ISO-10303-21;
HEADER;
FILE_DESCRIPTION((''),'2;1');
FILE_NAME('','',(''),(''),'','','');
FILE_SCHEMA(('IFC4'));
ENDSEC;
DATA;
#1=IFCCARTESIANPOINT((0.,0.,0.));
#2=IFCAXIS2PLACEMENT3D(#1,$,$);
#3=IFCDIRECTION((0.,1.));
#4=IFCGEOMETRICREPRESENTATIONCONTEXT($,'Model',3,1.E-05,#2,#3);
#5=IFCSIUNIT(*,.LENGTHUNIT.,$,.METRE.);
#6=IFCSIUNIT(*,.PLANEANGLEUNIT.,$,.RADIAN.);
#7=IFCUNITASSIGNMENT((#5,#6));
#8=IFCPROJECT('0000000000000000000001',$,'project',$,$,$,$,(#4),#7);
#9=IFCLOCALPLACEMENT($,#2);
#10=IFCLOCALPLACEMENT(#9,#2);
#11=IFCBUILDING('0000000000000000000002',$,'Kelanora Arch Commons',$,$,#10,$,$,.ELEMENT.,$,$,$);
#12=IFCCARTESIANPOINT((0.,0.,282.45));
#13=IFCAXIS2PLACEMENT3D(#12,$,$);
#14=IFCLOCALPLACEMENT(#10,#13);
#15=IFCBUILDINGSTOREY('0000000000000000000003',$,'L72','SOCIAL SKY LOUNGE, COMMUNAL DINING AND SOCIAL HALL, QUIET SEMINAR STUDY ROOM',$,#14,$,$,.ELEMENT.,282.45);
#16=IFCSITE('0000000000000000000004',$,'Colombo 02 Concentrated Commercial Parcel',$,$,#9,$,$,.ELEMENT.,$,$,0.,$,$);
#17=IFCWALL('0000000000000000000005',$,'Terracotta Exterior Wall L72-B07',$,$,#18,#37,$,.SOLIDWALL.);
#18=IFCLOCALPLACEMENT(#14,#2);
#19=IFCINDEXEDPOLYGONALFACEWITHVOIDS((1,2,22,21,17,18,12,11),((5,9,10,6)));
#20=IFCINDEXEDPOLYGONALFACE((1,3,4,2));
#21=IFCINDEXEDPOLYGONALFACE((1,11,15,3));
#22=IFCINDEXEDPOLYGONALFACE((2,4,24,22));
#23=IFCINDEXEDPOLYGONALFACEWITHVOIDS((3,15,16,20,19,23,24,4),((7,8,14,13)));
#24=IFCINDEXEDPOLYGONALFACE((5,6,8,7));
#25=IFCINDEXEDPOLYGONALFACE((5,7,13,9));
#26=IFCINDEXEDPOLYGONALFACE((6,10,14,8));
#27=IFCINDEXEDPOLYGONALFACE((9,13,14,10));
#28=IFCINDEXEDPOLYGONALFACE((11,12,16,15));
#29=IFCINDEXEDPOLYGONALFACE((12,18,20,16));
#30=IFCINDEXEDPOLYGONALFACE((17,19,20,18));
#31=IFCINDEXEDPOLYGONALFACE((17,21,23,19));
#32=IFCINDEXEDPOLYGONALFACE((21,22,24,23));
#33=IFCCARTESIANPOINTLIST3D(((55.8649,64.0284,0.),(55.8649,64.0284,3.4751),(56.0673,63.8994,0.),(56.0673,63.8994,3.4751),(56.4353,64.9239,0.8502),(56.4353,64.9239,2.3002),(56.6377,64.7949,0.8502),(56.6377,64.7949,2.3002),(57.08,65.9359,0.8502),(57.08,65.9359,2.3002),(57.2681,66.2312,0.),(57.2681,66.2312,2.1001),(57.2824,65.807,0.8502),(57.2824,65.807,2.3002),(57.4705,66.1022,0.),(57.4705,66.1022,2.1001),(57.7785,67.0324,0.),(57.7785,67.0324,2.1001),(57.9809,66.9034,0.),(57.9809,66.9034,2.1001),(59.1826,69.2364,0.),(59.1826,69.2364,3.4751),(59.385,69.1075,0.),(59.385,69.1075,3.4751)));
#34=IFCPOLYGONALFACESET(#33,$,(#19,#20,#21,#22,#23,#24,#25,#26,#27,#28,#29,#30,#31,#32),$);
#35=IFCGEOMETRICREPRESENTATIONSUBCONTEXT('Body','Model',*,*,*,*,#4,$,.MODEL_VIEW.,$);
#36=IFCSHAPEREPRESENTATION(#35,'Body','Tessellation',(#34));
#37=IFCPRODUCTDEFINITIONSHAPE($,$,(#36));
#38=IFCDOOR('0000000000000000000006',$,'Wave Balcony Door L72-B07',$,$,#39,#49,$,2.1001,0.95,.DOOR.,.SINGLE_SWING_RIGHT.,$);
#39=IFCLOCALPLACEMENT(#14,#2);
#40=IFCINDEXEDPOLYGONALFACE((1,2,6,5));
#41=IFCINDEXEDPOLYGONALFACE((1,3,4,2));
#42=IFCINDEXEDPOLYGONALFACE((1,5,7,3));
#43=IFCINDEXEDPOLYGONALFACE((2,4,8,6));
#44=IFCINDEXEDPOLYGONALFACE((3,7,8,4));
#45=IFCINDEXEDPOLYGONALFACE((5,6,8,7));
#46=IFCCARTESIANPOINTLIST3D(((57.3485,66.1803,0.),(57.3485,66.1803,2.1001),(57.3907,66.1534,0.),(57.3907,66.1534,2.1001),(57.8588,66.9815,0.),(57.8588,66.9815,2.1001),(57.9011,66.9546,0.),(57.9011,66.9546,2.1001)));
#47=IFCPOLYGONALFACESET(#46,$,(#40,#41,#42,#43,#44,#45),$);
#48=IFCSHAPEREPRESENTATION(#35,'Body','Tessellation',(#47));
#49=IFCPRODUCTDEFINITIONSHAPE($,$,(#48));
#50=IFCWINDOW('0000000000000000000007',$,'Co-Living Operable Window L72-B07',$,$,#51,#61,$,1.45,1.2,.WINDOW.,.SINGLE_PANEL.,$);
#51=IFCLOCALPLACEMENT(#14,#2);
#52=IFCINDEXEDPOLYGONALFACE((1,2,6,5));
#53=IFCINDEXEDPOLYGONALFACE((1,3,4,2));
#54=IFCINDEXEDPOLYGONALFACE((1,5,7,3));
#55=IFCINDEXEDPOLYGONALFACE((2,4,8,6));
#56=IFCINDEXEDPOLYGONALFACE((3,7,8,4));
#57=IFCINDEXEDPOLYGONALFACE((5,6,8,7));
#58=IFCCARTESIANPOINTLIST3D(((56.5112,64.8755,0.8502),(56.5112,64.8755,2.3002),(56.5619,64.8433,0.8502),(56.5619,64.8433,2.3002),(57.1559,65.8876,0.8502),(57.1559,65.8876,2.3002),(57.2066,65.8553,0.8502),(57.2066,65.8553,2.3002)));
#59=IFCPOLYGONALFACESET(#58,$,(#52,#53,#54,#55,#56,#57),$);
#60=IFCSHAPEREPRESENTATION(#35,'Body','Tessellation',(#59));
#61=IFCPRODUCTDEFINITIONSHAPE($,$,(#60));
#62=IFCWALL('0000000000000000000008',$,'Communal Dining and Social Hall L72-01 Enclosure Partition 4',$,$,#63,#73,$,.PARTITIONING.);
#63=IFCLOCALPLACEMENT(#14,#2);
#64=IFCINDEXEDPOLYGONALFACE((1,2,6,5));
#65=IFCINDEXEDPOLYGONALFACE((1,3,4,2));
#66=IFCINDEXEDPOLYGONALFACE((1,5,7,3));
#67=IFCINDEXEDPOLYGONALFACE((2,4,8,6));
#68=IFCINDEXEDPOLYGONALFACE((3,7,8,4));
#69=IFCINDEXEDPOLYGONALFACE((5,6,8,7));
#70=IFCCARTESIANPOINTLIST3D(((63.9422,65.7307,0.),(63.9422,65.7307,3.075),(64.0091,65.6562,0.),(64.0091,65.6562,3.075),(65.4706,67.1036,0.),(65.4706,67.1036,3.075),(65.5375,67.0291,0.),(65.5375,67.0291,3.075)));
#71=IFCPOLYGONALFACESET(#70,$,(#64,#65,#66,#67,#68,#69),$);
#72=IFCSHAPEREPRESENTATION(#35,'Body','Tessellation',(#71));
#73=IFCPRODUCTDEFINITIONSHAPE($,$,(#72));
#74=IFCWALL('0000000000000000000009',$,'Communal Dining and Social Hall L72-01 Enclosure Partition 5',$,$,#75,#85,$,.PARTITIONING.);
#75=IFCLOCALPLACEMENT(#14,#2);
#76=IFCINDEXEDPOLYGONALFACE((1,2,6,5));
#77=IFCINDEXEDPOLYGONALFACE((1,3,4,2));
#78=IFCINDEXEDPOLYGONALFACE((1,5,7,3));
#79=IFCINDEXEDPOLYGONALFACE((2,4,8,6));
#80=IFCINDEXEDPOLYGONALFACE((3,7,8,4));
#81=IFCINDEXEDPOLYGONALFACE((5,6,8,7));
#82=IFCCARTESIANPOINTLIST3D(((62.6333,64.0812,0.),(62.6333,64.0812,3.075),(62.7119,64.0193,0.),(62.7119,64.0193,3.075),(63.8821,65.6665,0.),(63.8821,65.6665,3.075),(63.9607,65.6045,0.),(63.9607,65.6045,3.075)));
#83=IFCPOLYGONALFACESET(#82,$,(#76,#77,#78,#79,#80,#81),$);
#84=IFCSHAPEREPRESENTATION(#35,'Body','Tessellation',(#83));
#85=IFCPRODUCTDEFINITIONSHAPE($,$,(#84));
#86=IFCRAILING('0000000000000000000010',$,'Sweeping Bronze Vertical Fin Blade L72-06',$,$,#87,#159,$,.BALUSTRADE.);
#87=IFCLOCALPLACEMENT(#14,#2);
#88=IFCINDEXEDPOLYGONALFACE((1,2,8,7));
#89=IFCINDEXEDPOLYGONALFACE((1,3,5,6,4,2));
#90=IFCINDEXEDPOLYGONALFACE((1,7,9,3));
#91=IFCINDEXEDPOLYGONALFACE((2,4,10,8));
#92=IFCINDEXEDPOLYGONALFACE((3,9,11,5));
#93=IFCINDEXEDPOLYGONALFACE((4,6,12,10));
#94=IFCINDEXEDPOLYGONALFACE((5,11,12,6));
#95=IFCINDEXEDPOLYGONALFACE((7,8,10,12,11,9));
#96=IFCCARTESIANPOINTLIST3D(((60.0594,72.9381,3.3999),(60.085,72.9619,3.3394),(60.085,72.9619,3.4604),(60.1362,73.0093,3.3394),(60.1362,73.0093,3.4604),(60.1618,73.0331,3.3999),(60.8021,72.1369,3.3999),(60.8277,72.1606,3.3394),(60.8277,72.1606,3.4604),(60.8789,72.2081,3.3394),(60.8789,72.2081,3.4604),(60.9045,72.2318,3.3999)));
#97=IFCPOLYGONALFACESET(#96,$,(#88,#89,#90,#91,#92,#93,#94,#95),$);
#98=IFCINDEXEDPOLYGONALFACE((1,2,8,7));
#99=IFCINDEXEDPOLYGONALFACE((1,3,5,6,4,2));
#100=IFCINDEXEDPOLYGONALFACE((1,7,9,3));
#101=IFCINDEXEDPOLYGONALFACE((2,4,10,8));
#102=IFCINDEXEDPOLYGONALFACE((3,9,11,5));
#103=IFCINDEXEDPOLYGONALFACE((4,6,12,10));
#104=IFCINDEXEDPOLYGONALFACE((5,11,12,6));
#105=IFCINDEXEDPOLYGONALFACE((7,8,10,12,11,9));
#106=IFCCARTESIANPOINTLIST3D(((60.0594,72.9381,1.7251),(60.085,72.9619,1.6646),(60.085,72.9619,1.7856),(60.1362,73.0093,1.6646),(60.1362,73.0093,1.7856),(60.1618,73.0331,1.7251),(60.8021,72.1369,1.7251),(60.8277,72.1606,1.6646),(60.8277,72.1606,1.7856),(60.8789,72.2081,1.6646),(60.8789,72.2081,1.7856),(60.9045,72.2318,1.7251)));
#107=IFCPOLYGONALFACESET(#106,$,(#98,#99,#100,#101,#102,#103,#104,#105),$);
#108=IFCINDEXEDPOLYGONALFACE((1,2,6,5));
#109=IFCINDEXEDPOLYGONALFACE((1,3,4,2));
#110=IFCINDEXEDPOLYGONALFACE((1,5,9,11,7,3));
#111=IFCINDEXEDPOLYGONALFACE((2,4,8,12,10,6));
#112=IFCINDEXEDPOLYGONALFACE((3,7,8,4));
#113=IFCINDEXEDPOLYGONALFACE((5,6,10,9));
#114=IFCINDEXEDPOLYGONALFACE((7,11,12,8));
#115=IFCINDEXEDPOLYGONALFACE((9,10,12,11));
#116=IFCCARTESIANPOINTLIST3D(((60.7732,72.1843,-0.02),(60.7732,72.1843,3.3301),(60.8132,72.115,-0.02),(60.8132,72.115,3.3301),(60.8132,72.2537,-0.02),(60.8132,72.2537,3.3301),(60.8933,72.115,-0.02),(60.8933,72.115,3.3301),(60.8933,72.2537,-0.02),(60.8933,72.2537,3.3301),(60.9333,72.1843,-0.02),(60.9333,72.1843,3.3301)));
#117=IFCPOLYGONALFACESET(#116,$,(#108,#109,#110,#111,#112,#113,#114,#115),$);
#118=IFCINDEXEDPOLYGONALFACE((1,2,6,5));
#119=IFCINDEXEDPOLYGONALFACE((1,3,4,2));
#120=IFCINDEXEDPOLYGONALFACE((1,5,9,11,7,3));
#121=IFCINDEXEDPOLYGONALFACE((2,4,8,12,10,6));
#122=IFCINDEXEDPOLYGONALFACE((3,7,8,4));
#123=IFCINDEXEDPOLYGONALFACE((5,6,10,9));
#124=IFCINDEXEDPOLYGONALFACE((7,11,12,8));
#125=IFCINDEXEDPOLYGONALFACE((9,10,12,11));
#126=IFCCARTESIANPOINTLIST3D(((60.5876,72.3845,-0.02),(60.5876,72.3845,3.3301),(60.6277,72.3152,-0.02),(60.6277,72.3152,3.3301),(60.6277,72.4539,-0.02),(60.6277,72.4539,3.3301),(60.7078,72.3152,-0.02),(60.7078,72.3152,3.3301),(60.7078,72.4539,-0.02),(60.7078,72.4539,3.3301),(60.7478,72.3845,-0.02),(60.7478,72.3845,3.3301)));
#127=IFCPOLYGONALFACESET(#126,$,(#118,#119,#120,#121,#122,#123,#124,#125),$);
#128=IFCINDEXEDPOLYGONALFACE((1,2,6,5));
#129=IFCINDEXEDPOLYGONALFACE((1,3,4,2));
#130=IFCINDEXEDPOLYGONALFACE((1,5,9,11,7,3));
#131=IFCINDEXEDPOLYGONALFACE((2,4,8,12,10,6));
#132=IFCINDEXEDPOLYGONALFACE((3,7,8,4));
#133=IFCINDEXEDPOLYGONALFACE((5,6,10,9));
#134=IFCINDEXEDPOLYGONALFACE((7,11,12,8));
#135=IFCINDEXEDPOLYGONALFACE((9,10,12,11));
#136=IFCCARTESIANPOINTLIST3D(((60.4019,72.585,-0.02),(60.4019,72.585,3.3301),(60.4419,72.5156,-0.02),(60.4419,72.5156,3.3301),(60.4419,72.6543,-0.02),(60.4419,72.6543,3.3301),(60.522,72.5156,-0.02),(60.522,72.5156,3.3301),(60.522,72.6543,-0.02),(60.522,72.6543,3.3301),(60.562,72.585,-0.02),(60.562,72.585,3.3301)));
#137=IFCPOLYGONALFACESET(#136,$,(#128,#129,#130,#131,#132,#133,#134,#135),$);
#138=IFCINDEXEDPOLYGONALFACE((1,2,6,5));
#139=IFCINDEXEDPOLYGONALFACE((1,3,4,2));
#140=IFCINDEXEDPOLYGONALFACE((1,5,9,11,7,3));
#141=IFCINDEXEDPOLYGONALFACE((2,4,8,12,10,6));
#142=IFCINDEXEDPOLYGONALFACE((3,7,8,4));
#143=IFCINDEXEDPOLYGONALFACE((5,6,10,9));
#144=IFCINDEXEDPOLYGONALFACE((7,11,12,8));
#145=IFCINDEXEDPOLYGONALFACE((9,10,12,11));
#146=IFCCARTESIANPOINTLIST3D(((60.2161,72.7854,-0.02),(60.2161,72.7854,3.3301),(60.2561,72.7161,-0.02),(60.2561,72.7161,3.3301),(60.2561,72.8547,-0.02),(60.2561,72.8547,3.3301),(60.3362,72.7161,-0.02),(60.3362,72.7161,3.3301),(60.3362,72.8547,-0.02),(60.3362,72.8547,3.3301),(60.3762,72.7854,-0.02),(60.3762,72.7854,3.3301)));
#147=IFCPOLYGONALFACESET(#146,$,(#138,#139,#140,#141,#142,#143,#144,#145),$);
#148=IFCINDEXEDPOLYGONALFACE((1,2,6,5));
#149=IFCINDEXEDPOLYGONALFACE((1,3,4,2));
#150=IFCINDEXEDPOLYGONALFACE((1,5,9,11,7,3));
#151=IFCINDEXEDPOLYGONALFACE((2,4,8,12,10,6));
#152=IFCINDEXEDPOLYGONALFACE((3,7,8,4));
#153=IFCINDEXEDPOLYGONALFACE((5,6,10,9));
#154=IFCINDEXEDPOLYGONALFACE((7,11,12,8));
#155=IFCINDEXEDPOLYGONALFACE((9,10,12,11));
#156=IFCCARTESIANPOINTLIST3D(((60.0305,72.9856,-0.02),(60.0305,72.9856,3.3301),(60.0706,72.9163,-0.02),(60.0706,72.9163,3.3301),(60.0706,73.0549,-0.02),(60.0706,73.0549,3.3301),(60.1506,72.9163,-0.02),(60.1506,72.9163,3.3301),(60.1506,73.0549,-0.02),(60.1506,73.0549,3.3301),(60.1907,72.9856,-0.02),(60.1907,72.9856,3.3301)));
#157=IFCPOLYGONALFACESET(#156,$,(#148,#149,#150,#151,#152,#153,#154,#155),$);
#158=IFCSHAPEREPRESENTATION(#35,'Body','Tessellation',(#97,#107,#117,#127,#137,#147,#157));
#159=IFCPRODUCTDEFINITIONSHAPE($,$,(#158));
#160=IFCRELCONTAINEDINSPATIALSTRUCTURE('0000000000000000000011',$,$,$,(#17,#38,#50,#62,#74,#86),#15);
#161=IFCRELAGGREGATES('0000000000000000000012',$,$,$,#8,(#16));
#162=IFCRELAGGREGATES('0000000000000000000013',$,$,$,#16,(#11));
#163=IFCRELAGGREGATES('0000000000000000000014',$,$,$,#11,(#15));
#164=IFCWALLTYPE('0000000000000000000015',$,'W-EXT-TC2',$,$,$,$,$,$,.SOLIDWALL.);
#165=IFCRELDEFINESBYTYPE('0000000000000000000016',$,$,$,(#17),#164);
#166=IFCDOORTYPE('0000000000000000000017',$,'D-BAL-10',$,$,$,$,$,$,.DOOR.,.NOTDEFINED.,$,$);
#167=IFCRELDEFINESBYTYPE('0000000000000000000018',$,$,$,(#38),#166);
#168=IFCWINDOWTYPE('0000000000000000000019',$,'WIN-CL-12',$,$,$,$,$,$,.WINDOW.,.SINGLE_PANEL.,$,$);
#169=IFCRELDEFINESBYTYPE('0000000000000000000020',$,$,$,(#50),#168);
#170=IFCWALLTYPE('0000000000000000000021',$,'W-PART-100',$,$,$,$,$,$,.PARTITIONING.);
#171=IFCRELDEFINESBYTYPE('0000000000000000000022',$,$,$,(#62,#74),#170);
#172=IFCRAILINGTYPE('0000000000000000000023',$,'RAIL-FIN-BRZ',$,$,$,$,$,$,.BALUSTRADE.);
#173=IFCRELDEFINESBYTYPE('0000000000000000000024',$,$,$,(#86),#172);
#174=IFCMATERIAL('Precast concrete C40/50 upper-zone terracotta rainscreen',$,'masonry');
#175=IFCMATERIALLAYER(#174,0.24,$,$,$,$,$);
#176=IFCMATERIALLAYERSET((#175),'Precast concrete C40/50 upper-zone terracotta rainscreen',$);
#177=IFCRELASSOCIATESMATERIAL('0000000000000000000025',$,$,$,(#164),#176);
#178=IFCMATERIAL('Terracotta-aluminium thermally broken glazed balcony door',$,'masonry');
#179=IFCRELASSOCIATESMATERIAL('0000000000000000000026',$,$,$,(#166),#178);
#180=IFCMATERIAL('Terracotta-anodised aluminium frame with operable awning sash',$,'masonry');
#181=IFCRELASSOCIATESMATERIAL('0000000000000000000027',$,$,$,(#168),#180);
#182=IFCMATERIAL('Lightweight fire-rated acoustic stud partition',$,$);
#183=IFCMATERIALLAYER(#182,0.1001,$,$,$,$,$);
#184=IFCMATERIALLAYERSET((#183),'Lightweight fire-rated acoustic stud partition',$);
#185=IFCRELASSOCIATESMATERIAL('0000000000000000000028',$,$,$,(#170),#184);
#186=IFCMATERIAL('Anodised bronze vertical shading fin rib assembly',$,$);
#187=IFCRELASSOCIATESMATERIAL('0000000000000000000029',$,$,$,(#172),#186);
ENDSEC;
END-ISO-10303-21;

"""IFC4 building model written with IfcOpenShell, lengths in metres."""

from ifc_helpers import new_model, si_unit, direction, frame, frame_2d, origin, place, context, subcontext, project, spatial, polyline, rectangle, outline, extrude, material, layer, layer_set, type_object, element, fill, save


model = new_model("IFC4")

# Units and contexts
model_context = context("Model", 3, precision=1e-05, world=origin(), true_north=direction((0.0, 1.0)))
body_context = subcontext(model_context, "Body", "Model", "MODEL_VIEW")
ifc_project = project(units=[si_unit("LENGTHUNIT", "METRE"), si_unit("PLANEANGLEUNIT", "RADIAN")], contexts=[model_context])

# Site, building, storey
site_placement = place(None, origin())
site = spatial("IfcSite", under=ifc_project, at=site_placement, Name="Colombo 02 Concentrated Commercial Parcel", CompositionType="ELEMENT", RefElevation=0.0)
building_placement = place(site_placement, origin())
building = spatial("IfcBuilding", under=site, at=building_placement, Name="Kelanora Arch Commons", CompositionType="ELEMENT")
storey_placement = place(building_placement, frame((0.0, 0.0, 282.45)))
storey = spatial("IfcBuildingStorey", under=building, at=storey_placement, Name="L72", Description="SOCIAL SKY LOUNGE, COMMUNAL DINING AND SOCIAL HALL, QUIET SEMINAR STUDY ROOM", CompositionType="ELEMENT", Elevation=282.45)

# Shared definitions
ifc_material_1 = material(Name="Precast concrete C40/50 upper-zone terracotta rainscreen", Category="masonry")
ifc_layer_1 = layer(ifc_material_1, 0.24)
ifc_layer_set_1 = layer_set([ifc_layer_1], Name="Precast concrete C40/50 upper-zone terracotta rainscreen")
wall_type_1 = type_object("IfcWallType", Name="W-EXT-TC2", PredefinedType="SOLIDWALL", material=ifc_layer_set_1)

# Wall, openings, door, window
wall_1_placement = place(storey_placement, frame((59.2837, 69.1719, 0.0), z_axis=(0.0, 0.0, 1.0), x_axis=(-0.537272, -0.843409, 0.0)))
wall_1 = element("IfcWall", 1, at=wall_1_placement, inside=storey, type_object=wall_type_1, Name="Terracotta Exterior Wall L72-B07", PredefinedType="SOLIDWALL", context=body_context, shape_type="SweptSolid", body=[
    extrude(rectangle(XDim=6.175, YDim=0.24, at=frame_2d((3.0874, 0.0))), origin(), (0.0, 0.0, 1.0), 3.4751),
])
opening_1_placement = place(wall_1_placement, frame((2.613, 0.0, 0.0)))
opening_1 = element("IfcOpeningElement", 2, at=opening_1_placement, cuts=wall_1, PredefinedType="OPENING", context=body_context, shape_type="SweptSolid", body=[
    extrude(rectangle(XDim=0.95, YDim=2.1001, at=frame_2d((0.4751, 1.05))), frame((0.0, 0.1299, 0.0), z_axis=(0.0, -1.0, 0.0), x_axis=(1.0, 0.0, 0.0)), (0.0, 0.0, 1.0), 0.26),
])
opening_2_placement = place(wall_1_placement, frame((3.9131, 0.0, 0.8501)))
opening_2 = element("IfcOpeningElement", 3, at=opening_2_placement, cuts=wall_1, PredefinedType="OPENING", context=body_context, shape_type="SweptSolid", body=[
    extrude(rectangle(XDim=1.2, YDim=1.45, at=frame_2d((0.6001, 0.7251))), frame((0.0, 0.1299, 0.0), z_axis=(0.0, -1.0, 0.0), x_axis=(1.0, 0.0, 0.0)), (0.0, 0.0, 1.0), 0.26),
])
ifc_material_2 = material(Name="Terracotta-aluminium thermally broken glazed balcony door", Category="masonry")
door_type = type_object("IfcDoorType", Name="D-BAL-10", OperationType="NOTDEFINED", PredefinedType="DOOR", material=ifc_material_2)
door_placement = place(opening_1_placement, frame((0.95, 0.0, 0.0), z_axis=(0.0, 0.0, 1.0), x_axis=(-1.0, 0.0, 0.0)))
door = element("IfcDoor", 4, at=door_placement, inside=storey, type_object=door_type, Name="Wave Balcony Door L72-B07", OperationType="SINGLE_SWING_RIGHT", OverallHeight=2.1001, OverallWidth=0.95, PredefinedType="DOOR", context=body_context, shape_type="SweptSolid", body=[
    extrude(rectangle(XDim=0.95, YDim=2.1001, at=frame_2d((0.4751, 1.05))), frame((0.0, 0.0249, 0.0), z_axis=(0.0, -1.0, 0.0), x_axis=(1.0, 0.0, 0.0)), (0.0, 0.0, 1.0), 0.05),
])
fill(opening_1, door)
ifc_material_3 = material(Name="Terracotta-anodised aluminium frame with operable awning sash", Category="masonry")
window_type_1 = type_object("IfcWindowType", Name="WIN-CL-12", PartitioningType="SINGLE_PANEL", PredefinedType="WINDOW", material=ifc_material_3)
window_1_placement = place(opening_2_placement, origin())
window_1 = element("IfcWindow", 5, at=window_1_placement, inside=storey, type_object=window_type_1, Name="Co-Living Operable Window L72-B07", OverallHeight=1.45, OverallWidth=1.2, PartitioningType="SINGLE_PANEL", PredefinedType="WINDOW", context=body_context, shape_type="SweptSolid", body=[
    extrude(rectangle(XDim=1.2, YDim=1.45, at=frame_2d((0.6001, 0.7251))), frame((0.0, 0.03, 0.0), z_axis=(0.0, -1.0, 0.0), x_axis=(1.0, 0.0, 0.0)), (0.0, 0.0, 1.0), 0.0601),
])
fill(opening_2, window_1)

# Walls
ifc_material_4 = material(Name="Lightweight fire-rated acoustic stud partition")
ifc_layer_2 = layer(ifc_material_4, 0.1001)
ifc_layer_set_2 = layer_set([ifc_layer_2], Name="Lightweight fire-rated acoustic stud partition")
wall_type_2 = type_object("IfcWallType", Name="W-PART-100", PredefinedType="PARTITIONING", material=ifc_layer_set_2)
wall_2_placement = place(storey_placement, frame((65.5042, 67.0664, 0.0), z_axis=(0.0, 0.0, 1.0), x_axis=(-0.743944, -0.668242, 0.0)))
element("IfcWall", 6, at=wall_2_placement, inside=storey, type_object=wall_type_2, Name="Communal Dining and Social Hall L72-01 Enclosure Partition 4", PredefinedType="PARTITIONING", context=body_context, shape_type="SweptSolid", body=[
    extrude(rectangle(XDim=2.0544, YDim=0.1001, at=frame_2d((1.0273, 0.0))), origin(), (0.0, 0.0, 1.0), 3.075),
])
wall_3_placement = place(storey_placement, frame((63.9214, 65.6355, 0.0), z_axis=(0.0, 0.0, 1.0), x_axis=(-0.61882, -0.785533, 0.0)))
element("IfcWall", 7, at=wall_3_placement, inside=storey, type_object=wall_type_2, Name="Communal Dining and Social Hall L72-01 Enclosure Partition 5", PredefinedType="PARTITIONING", context=body_context, shape_type="SweptSolid", body=[
    extrude(rectangle(XDim=2.0181, YDim=0.1001, at=frame_2d((1.009, 0.0))), origin(), (0.0, 0.0, 1.0), 3.075),
])

# Railing
ifc_material_5 = material(Name="Anodised bronze vertical shading fin rib assembly")
railing_type = type_object("IfcRailingType", Name="RAIL-FIN-BRZ", PredefinedType="BALUSTRADE", material=ifc_material_5)
railing_1_placement = place(storey_placement, frame((60.8533, 72.1843, -0.02)))
element("IfcRailing", 8, at=railing_1_placement, inside=storey, type_object=railing_type, Name="Sweeping Bronze Vertical Fin Blade L72-06", PredefinedType="BALUSTRADE", context=body_context, shape_type="SweptSolid", body=[
    extrude(outline(polyline([(0.0698, 0.0), (0.0349, 0.0605), (-0.0349, 0.0605), (-0.0698, 0.0), (-0.0349, -0.0605), (0.0349, -0.0605), (0.0698, 0.0)])), frame((0.0, 0.0, 3.4199), z_axis=(-0.679782, 0.733414, 0.0), x_axis=(-0.733414, -0.679782, 0.0)), (0.0, 0.0, 1.0), 1.0925),
    extrude(outline(polyline([(0.0698, 0.0), (0.0349, 0.0605), (-0.0349, 0.0605), (-0.0698, 0.0), (-0.0349, -0.0605), (0.0349, -0.0605), (0.0698, 0.0)])), frame((0.0, 0.0, 1.7451), z_axis=(-0.679782, 0.733414, 0.0), x_axis=(-0.733414, -0.679782, 0.0)), (0.0, 0.0, 1.0), 1.0925),
    extrude(outline(polyline([(0.0801, 0.0), (0.04, 0.0693), (-0.04, 0.0693), (-0.0801, 0.0), (-0.04, -0.0693), (0.04, -0.0693), (0.0801, 0.0)])), origin(), (0.0, 0.0, 1.0), 3.3501),
    extrude(outline(polyline([(0.0801, 0.0), (0.04, 0.0693), (-0.04, 0.0693), (-0.0801, 0.0), (-0.04, -0.0693), (0.04, -0.0693), (0.0801, 0.0)])), frame((-0.1855, 0.2002, 0.0)), (0.0, 0.0, 1.0), 3.3501),
    extrude(outline(polyline([(0.0801, 0.0), (0.04, 0.0693), (-0.04, 0.0693), (-0.0801, 0.0), (-0.04, -0.0693), (0.04, -0.0693), (0.0801, 0.0)])), frame((-0.3713, 0.4006, 0.0)), (0.0, 0.0, 1.0), 3.3501),
    extrude(outline(polyline([(0.0801, 0.0), (0.04, 0.0693), (-0.04, 0.0693), (-0.0801, 0.0), (-0.04, -0.0693), (0.04, -0.0693), (0.0801, 0.0)])), frame((-0.5571, 0.6011, 0.0)), (0.0, 0.0, 1.0), 3.3501),
    extrude(outline(polyline([(0.0801, 0.0), (0.04, 0.0693), (-0.04, 0.0693), (-0.0801, 0.0), (-0.04, -0.0693), (0.04, -0.0693), (0.0801, 0.0)])), frame((-0.7427, 0.8013, 0.0)), (0.0, 0.0, 1.0), 3.3501),
])

save(model, "model.ifc")
